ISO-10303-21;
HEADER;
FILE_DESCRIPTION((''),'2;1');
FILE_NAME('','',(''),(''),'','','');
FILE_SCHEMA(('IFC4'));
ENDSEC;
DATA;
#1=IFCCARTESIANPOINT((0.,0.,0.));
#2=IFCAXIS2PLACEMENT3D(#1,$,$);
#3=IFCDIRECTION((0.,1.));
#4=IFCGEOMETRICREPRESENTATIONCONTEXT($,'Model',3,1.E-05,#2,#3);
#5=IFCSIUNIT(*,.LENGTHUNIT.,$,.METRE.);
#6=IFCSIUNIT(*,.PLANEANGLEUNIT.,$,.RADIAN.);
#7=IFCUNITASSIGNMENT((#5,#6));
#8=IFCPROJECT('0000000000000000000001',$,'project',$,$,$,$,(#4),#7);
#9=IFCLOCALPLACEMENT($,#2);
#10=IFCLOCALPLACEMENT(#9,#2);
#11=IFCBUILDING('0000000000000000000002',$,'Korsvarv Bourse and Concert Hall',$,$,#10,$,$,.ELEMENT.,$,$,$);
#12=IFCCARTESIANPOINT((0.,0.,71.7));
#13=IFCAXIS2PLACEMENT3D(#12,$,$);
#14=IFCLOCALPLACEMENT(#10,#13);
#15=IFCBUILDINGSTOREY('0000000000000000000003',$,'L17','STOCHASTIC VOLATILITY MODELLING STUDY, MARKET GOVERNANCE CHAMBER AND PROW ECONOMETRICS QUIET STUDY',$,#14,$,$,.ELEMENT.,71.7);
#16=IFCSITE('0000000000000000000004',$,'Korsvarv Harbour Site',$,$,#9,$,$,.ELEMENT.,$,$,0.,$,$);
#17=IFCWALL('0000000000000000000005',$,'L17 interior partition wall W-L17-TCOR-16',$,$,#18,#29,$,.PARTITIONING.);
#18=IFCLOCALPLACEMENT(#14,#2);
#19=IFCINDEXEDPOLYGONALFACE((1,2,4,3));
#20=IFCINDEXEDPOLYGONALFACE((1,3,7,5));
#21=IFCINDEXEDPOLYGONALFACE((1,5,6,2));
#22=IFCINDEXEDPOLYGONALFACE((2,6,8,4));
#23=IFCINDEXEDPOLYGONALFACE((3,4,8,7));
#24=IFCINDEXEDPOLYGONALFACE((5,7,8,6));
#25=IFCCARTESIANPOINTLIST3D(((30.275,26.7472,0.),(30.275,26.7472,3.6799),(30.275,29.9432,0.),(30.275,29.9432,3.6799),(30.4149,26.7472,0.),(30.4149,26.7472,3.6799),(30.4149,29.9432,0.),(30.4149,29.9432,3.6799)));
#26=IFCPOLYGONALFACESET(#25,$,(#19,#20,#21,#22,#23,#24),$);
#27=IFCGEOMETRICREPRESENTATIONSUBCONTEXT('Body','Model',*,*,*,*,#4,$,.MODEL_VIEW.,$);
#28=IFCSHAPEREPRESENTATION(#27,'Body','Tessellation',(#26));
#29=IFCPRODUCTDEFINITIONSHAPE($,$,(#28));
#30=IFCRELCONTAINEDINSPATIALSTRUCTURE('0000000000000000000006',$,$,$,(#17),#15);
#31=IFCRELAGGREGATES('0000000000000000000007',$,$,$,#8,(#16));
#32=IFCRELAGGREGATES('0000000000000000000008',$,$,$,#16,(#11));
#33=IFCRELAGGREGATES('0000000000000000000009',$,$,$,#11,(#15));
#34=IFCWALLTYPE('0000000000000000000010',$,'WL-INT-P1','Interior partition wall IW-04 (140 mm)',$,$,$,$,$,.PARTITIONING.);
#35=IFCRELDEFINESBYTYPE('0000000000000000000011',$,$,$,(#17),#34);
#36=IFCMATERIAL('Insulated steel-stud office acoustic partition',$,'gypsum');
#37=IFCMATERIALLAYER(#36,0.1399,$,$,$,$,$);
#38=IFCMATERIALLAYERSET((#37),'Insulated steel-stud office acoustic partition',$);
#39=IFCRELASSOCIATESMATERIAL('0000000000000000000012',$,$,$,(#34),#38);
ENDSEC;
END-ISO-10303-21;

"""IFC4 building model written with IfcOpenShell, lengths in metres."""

from ifc_helpers import new_model, si_unit, direction, frame, frame_2d, origin, place, context, subcontext, project, spatial, rectangle, extrude, material, layer, layer_set, type_object, element, save


model = new_model("IFC4")

# Units and contexts
model_context = context("Model", 3, precision=1e-05, world=origin(), true_north=direction((0.0, 1.0)))
body_context = subcontext(model_context, "Body", "Model", "MODEL_VIEW")
ifc_project = project(units=[si_unit("LENGTHUNIT", "METRE"), si_unit("PLANEANGLEUNIT", "RADIAN")], contexts=[model_context])

# Site, building, storey
site_placement = place(None, origin())
site = spatial("IfcSite", under=ifc_project, at=site_placement, Name="Korsvarv Harbour Site", CompositionType="ELEMENT", RefElevation=0.0)
building_placement = place(site_placement, origin())
building = spatial("IfcBuilding", under=site, at=building_placement, Name="Korsvarv Bourse and Concert Hall", CompositionType="ELEMENT")
storey_placement = place(building_placement, frame((0.0, 0.0, 71.7)))
storey = spatial("IfcBuildingStorey", under=building, at=storey_placement, Name="L17", Description="STOCHASTIC VOLATILITY MODELLING STUDY, MARKET GOVERNANCE CHAMBER AND PROW ECONOMETRICS QUIET STUDY", CompositionType="ELEMENT", Elevation=71.7)

# Wall
ifc_material_1 = material(Name="Insulated steel-stud office acoustic partition", Category="gypsum")
ifc_layer_1 = layer(ifc_material_1, 0.1399)
ifc_layer_set_1 = layer_set([ifc_layer_1], Name="Insulated steel-stud office acoustic partition")
wall_type_1 = type_object("IfcWallType", Name="WL-INT-P1", Description="Interior partition wall IW-04 (140 mm)", PredefinedType="PARTITIONING", material=ifc_layer_set_1)
for number, where, z_axis, x_axis, name in (
    (1, (30.345, 26.7471, 0.0), (0.0, 0.0, 1.0), (0.0, 1.0, 0.0), "L17 interior partition wall W-L17-TCOR-16"),
):
    element("IfcWall", number, at=place(storey_placement, frame(where, z_axis=z_axis, x_axis=x_axis)), inside=storey, type_object=wall_type_1, Name=name, PredefinedType="PARTITIONING", context=body_context, shape_type="SweptSolid", body=[
        extrude(rectangle(XDim=3.196, YDim=0.1399, at=frame_2d((1.5981, 0.0))), origin(), (0.0, 0.0, 1.0), 3.6799),
    ])

save(model, "model.ifc")
